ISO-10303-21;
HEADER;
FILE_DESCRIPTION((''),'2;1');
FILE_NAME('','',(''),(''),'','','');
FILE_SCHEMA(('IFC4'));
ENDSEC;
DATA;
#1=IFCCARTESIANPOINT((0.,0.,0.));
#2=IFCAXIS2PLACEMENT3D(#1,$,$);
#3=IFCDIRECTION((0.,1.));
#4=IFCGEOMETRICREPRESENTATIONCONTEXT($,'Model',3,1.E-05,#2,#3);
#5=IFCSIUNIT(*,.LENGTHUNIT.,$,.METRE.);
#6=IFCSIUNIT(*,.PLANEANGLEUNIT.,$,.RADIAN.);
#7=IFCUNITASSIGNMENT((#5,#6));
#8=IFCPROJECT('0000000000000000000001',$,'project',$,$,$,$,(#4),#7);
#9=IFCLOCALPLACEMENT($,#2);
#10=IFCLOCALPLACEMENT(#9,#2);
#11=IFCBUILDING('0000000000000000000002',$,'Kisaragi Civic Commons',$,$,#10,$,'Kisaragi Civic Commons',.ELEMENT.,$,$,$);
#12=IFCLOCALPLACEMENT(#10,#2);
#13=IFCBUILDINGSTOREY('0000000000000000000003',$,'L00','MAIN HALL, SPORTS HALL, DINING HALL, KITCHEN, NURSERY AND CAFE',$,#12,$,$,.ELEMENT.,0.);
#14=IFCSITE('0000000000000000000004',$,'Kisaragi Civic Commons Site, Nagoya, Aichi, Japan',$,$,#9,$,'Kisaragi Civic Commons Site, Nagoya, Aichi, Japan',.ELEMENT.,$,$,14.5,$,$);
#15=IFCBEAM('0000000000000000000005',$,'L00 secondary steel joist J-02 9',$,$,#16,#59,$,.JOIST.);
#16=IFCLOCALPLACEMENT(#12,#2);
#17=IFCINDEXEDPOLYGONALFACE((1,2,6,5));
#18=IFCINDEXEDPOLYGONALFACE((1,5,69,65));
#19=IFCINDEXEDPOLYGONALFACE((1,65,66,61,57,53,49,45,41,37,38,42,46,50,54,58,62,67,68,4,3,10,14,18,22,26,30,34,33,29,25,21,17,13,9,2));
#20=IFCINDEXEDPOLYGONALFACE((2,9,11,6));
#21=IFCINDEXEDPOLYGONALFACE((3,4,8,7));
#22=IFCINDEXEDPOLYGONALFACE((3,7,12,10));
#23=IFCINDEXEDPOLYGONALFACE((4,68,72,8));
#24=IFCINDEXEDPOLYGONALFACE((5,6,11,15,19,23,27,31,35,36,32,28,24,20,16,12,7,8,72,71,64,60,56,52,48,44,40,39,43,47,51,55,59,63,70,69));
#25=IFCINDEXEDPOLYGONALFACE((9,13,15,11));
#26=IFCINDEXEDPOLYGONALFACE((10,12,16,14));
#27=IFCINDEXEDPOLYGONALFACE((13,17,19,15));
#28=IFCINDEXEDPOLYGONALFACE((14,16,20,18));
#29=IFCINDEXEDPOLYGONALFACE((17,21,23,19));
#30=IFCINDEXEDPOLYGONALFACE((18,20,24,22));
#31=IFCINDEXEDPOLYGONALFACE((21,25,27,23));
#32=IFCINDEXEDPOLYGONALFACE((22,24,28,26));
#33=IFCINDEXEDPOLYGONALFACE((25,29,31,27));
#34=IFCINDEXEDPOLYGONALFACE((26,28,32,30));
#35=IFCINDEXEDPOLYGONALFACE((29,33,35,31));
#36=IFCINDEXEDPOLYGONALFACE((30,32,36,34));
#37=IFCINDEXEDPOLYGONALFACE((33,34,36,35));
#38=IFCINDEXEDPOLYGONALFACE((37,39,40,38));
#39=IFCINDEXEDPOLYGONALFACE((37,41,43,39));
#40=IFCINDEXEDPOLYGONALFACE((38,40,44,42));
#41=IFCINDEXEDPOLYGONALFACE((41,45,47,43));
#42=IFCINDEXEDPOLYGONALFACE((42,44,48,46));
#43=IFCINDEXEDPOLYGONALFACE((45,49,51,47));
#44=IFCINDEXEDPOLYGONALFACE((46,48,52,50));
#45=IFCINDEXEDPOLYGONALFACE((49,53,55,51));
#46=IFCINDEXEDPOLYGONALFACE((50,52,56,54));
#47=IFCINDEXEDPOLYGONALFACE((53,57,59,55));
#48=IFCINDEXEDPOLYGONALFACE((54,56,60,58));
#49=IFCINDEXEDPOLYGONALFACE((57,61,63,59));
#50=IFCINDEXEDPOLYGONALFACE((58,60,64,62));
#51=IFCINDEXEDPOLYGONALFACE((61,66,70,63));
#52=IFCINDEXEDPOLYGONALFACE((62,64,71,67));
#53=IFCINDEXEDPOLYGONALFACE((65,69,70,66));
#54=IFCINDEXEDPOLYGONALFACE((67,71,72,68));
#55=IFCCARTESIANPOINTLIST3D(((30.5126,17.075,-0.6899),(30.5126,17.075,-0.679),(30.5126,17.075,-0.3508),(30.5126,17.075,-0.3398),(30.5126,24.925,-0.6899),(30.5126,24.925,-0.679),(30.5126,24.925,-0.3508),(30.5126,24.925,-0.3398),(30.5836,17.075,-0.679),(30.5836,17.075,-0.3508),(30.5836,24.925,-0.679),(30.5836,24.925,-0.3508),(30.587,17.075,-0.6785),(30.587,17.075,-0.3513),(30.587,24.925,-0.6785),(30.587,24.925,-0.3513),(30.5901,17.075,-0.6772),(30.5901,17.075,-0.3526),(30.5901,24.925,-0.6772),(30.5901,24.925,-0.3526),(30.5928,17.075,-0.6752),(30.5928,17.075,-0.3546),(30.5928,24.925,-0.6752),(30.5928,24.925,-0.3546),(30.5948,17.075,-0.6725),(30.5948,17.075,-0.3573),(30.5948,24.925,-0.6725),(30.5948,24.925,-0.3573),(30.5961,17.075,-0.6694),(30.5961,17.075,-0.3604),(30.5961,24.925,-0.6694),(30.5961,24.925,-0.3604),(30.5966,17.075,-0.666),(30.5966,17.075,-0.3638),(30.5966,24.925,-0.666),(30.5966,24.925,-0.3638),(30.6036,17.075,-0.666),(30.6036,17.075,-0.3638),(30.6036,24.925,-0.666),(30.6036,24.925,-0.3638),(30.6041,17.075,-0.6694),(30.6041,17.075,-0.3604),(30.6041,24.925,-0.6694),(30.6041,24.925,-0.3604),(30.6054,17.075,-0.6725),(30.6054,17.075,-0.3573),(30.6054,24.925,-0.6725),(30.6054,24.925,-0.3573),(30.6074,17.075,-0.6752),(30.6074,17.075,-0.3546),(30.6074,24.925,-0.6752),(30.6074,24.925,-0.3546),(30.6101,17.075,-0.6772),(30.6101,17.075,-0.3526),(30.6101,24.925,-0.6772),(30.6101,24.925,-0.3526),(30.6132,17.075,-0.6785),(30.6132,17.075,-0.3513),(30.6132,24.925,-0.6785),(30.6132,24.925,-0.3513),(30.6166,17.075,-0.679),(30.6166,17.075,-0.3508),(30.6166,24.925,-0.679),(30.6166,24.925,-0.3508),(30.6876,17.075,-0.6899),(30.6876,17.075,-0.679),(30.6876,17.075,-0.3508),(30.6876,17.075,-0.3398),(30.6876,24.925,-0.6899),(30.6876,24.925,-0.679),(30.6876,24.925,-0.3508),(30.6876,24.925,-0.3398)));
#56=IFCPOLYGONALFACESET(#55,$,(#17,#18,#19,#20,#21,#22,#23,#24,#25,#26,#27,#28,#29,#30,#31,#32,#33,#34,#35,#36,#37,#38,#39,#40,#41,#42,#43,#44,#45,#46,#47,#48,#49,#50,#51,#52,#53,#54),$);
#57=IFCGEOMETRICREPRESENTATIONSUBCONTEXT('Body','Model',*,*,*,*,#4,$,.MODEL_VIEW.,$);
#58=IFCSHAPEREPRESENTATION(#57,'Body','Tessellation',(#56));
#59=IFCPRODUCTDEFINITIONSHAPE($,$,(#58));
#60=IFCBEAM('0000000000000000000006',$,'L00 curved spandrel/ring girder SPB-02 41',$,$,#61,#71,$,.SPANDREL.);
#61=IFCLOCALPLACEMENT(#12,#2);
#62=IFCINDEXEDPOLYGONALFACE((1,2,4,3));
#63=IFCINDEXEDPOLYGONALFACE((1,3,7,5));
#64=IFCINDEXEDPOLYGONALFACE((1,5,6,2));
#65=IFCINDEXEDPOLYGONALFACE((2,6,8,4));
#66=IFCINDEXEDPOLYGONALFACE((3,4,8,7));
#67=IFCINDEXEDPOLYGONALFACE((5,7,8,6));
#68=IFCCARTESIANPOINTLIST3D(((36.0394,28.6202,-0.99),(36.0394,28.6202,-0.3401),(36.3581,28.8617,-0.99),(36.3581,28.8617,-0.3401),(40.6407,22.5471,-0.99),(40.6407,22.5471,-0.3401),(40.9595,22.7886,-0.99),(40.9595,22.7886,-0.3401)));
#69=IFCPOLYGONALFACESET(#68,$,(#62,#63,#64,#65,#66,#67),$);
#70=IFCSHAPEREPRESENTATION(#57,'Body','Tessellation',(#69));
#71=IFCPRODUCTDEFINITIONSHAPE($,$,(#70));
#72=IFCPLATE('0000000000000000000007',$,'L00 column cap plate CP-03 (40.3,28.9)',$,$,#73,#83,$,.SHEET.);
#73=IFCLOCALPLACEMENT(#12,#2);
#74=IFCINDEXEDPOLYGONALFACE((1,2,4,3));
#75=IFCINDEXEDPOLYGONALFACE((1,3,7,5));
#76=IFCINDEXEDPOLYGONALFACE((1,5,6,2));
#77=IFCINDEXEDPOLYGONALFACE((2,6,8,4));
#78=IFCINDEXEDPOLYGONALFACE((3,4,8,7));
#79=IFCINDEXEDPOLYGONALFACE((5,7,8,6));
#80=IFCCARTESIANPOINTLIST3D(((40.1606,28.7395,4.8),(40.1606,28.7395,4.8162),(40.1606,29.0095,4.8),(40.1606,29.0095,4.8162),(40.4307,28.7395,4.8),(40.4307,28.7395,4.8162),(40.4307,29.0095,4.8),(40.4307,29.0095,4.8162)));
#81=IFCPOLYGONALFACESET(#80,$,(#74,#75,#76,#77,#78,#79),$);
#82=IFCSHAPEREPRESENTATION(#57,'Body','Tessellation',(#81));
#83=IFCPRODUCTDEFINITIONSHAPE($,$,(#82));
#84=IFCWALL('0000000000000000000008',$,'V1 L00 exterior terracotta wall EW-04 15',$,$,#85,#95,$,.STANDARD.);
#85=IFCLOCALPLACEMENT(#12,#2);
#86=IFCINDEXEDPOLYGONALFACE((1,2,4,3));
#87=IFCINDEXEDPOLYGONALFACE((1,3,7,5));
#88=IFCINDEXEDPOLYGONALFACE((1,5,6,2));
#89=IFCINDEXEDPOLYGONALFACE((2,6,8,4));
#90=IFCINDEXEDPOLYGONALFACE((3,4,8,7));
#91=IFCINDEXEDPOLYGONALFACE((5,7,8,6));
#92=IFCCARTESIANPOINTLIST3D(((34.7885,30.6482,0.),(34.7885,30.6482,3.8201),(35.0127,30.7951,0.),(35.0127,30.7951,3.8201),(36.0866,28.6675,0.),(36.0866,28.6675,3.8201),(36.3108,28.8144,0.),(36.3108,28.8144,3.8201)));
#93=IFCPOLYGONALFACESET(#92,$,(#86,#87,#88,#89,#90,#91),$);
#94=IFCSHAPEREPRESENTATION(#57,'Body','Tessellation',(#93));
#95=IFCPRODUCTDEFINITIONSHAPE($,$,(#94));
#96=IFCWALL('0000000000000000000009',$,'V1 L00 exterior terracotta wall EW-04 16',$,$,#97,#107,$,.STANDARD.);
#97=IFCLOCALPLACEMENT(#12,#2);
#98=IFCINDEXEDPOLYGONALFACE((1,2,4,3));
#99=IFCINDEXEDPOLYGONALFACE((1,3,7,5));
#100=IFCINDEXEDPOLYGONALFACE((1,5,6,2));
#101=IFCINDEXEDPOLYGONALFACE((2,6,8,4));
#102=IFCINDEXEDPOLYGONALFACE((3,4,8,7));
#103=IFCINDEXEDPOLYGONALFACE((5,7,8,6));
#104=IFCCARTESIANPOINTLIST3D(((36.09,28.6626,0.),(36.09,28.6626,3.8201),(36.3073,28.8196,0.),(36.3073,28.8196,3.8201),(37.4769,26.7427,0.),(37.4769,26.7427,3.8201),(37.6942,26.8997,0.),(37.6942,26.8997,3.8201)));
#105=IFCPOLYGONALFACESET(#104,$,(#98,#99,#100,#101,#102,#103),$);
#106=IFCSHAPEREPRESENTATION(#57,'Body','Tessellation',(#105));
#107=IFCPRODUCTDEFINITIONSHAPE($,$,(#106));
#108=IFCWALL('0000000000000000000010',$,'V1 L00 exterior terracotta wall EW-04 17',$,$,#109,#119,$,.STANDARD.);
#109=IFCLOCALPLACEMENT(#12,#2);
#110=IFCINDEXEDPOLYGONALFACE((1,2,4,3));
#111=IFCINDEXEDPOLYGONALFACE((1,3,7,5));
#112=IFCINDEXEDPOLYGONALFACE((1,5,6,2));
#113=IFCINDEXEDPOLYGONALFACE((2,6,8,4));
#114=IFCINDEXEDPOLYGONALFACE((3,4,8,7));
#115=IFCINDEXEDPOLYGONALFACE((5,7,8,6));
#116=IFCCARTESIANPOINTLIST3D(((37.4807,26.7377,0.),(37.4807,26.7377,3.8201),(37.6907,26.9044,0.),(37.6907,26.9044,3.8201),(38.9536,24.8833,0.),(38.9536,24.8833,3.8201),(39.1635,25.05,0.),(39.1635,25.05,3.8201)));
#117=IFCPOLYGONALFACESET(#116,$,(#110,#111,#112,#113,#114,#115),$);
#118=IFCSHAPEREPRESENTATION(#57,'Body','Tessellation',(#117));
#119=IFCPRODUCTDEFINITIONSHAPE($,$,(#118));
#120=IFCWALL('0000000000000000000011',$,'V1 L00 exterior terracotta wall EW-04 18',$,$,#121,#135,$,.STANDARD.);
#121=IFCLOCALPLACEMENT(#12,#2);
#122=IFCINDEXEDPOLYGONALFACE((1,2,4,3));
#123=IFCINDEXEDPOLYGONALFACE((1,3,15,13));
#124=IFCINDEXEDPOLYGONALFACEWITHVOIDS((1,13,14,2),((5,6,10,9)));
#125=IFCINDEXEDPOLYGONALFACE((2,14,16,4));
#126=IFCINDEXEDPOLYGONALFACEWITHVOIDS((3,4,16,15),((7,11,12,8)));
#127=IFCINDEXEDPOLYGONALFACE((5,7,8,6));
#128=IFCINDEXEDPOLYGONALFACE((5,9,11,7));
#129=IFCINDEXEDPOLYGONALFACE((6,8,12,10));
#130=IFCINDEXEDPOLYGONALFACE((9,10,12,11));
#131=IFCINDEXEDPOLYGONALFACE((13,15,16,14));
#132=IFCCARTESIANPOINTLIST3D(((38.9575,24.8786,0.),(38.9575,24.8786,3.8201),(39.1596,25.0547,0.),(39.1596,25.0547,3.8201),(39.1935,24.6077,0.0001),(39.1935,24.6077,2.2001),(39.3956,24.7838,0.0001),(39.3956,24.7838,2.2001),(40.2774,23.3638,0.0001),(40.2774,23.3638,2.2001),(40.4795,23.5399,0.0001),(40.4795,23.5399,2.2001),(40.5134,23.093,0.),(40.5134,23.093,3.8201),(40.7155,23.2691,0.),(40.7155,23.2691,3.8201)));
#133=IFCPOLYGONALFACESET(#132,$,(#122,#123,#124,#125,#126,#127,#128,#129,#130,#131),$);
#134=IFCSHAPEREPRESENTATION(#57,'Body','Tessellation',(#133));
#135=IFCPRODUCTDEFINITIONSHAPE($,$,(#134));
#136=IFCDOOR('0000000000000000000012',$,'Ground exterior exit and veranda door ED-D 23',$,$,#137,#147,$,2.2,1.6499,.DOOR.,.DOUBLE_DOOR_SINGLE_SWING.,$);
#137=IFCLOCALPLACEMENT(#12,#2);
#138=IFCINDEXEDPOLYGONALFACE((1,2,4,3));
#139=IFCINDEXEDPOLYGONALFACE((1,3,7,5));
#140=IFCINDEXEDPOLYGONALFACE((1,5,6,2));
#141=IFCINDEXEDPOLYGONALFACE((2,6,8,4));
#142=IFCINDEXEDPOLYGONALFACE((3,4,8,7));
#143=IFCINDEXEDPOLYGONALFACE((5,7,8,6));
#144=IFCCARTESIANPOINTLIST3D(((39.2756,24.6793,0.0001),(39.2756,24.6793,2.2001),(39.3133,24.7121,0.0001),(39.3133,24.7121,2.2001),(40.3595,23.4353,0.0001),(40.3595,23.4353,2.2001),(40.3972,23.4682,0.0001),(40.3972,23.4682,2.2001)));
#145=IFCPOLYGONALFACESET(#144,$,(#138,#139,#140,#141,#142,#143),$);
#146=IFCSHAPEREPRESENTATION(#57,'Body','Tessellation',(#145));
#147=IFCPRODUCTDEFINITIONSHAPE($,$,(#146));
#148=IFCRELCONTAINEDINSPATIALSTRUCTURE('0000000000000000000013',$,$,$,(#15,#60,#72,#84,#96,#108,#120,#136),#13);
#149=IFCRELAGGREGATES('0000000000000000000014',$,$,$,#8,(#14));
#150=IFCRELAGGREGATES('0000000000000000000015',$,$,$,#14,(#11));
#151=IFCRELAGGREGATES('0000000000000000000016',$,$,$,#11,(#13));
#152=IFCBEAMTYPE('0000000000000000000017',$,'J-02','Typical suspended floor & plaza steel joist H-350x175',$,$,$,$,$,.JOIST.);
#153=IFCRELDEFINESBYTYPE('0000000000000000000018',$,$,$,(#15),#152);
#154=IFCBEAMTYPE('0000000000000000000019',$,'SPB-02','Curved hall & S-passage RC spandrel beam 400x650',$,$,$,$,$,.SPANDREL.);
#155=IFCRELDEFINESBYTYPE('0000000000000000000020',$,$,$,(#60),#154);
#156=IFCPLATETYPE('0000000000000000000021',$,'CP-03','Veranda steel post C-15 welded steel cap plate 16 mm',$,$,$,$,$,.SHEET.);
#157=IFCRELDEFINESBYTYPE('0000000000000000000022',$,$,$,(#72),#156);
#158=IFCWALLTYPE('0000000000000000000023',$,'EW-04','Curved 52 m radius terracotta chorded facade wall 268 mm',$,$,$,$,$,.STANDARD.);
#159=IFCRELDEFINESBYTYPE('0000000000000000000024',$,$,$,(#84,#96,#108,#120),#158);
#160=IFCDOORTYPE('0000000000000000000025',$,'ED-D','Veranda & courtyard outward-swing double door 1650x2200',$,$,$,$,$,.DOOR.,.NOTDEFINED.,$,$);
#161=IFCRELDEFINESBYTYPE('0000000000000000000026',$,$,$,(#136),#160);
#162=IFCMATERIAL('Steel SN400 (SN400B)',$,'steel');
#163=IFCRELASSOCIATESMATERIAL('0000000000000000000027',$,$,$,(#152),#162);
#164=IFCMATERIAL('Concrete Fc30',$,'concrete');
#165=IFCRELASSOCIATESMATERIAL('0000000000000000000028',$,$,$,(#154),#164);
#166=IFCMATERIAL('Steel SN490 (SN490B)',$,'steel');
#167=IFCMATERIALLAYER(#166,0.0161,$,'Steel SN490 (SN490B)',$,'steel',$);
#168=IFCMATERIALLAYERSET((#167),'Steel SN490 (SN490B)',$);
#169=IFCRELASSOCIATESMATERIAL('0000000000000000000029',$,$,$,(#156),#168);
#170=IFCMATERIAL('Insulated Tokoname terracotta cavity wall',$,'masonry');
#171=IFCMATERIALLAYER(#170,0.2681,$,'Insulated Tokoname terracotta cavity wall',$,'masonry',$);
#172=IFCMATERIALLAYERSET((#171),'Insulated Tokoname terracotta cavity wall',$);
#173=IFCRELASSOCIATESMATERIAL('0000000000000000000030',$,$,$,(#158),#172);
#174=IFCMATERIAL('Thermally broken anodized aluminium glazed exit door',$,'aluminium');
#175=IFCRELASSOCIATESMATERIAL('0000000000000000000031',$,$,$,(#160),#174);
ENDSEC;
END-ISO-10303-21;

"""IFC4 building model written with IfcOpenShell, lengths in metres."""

from ifc_helpers import new_model, si_unit, direction, frame, frame_2d, origin, origin_2d, place, context, subcontext, project, spatial, rectangle, i_section, extrude, material, layer, layer_set, material_profile, profile_set, type_object, element, fill, save


model = new_model("IFC4")

# Units and contexts
model_context = context("Model", 3, precision=1e-05, world=origin(), true_north=direction((0.0, 1.0)))
body_context = subcontext(model_context, "Body", "Model", "MODEL_VIEW")
ifc_project = project(units=[si_unit("LENGTHUNIT", "METRE"), si_unit("PLANEANGLEUNIT", "RADIAN")], contexts=[model_context])

# Site, building, storey
site_placement = place(None, origin())
site = spatial("IfcSite", under=ifc_project, at=site_placement, Name="Kisaragi Civic Commons Site, Nagoya, Aichi, Japan", LongName="Kisaragi Civic Commons Site, Nagoya, Aichi, Japan", CompositionType="ELEMENT", RefElevation=14.5)
building_placement = place(site_placement, origin())
building = spatial("IfcBuilding", under=site, at=building_placement, Name="Kisaragi Civic Commons", LongName="Kisaragi Civic Commons", CompositionType="ELEMENT")
storey_placement = place(building_placement, origin())
storey = spatial("IfcBuildingStorey", under=building, at=storey_placement, Name="L00", Description="MAIN HALL, SPORTS HALL, DINING HALL, KITCHEN, NURSERY AND CAFE", CompositionType="ELEMENT", Elevation=0.0)

# Shared definitions
ifc_material_1 = material(Name="Concrete Fc30", Category="concrete")
ifc_material_2 = material(Name="Steel SN490 (SN490B)", Category="steel")

# Beams
ifc_material_3 = material(Name="Steel SN400 (SN400B)", Category="steel")
ifc_material_profile_1 = material_profile(ifc_material_3, i_section(OverallWidth=0.175, OverallDepth=0.3501, WebThickness=0.0071, FlangeThickness=0.011, FilletRadius=0.0129, at=origin_2d()), Name="H-350x175x7x11", Category="steel")
ifc_profile_set_1 = profile_set([ifc_material_profile_1], Name="Steel SN400 (SN400B)")
beam_type_1 = type_object("IfcBeamType", Name="J-02", Description="Typical suspended floor & plaza steel joist H-350x175", PredefinedType="JOIST", material=ifc_profile_set_1)
beam_1_placement = place(storey_placement, frame((30.6001, 17.075, -0.5149), z_axis=(0.0, 1.0, 0.0), x_axis=(-1.0, 0.0, 0.0)))
element("IfcBeam", 1, at=beam_1_placement, inside=storey, type_object=beam_type_1, Name="L00 secondary steel joist J-02 9", PredefinedType="JOIST", context=body_context, shape_type="SweptSolid", body=[
    extrude(i_section(OverallWidth=0.175, OverallDepth=0.3501, WebThickness=0.0071, FlangeThickness=0.011, FilletRadius=0.0129, at=origin_2d()), origin(), (0.0, 0.0, 1.0), 7.8501),
])
ifc_material_profile_2 = material_profile(ifc_material_1, rectangle(XDim=0.3999, YDim=0.6499, at=origin_2d()), Name="RC-400x650", Category="concrete")
ifc_profile_set_2 = profile_set([ifc_material_profile_2], Name="Concrete Fc30")
beam_type_2 = type_object("IfcBeamType", Name="SPB-02", Description="Curved hall & S-passage RC spandrel beam 400x650", PredefinedType="SPANDREL", material=ifc_profile_set_2)
beam_2_placement = place(storey_placement, frame((36.1987, 28.741, -0.665), z_axis=(0.603905, -0.797057, 0.0), x_axis=(0.797057, 0.603905, 0.0)))
element("IfcBeam", 2, at=beam_2_placement, inside=storey, type_object=beam_type_2, Name="L00 curved spandrel/ring girder SPB-02 41", PredefinedType="SPANDREL", context=body_context, shape_type="SweptSolid", body=[
    extrude(rectangle(XDim=0.3999, YDim=0.6499, at=origin_2d()), origin(), (0.0, 0.0, 1.0), 7.6194),
])

# Plate
ifc_layer_1 = layer(ifc_material_2, 0.0161, Name="Steel SN490 (SN490B)", Category="steel")
ifc_layer_set_1 = layer_set([ifc_layer_1], Name="Steel SN490 (SN490B)")
plate_type = type_object("IfcPlateType", Name="CP-03", Description="Veranda steel post C-15 welded steel cap plate 16 mm", PredefinedType="SHEET", material=ifc_layer_set_1)
plate_placement = place(storey_placement, frame((40.2957, 28.8745, 4.8), z_axis=(0.0, 0.0, 1.0), x_axis=(1.0, 0.0, 0.0)))
element("IfcPlate", 3, at=plate_placement, inside=storey, type_object=plate_type, Name="L00 column cap plate CP-03 (40.3,28.9)", PredefinedType="SHEET", context=body_context, shape_type="SweptSolid", body=[
    extrude(rectangle(XDim=0.27, YDim=0.27, at=origin_2d()), origin(), (0.0, 0.0, 1.0), 0.0161),
])

# Walls
ifc_material_4 = material(Name="Insulated Tokoname terracotta cavity wall", Category="masonry")
ifc_layer_2 = layer(ifc_material_4, 0.2681, Name="Insulated Tokoname terracotta cavity wall", Category="masonry")
ifc_layer_set_2 = layer_set([ifc_layer_2], Name="Insulated Tokoname terracotta cavity wall")
wall_type_1 = type_object("IfcWallType", Name="EW-04", Description="Curved 52 m radius terracotta chorded facade wall 268 mm", PredefinedType="STANDARD", material=ifc_layer_set_2)
wall_1_placement = place(storey_placement, frame((34.9006, 30.7217, 0.0), z_axis=(0.0, 0.0, 1.0), x_axis=(0.548141, -0.836386, 0.0)))
element("IfcWall", 4, at=wall_1_placement, inside=storey, type_object=wall_type_1, Name="V1 L00 exterior terracotta wall EW-04 15", PredefinedType="STANDARD", context=body_context, shape_type="SweptSolid", body=[
    extrude(rectangle(XDim=2.3682, YDim=0.2681, at=frame_2d((1.1841, 0.0))), origin(), (0.0, 0.0, 1.0), 3.8201),
])
wall_2_placement = place(storey_placement, frame((36.1987, 28.741, 0.0), z_axis=(0.0, 0.0, 1.0), x_axis=(0.585588, -0.810609, 0.0)))
element("IfcWall", 5, at=wall_2_placement, inside=storey, type_object=wall_type_1, Name="V1 L00 exterior terracotta wall EW-04 16", PredefinedType="STANDARD", context=body_context, shape_type="SweptSolid", body=[
    extrude(rectangle(XDim=2.3684, YDim=0.2681, at=frame_2d((1.1841, 0.0))), origin(), (0.0, 0.0, 1.0), 3.8201),
])
wall_3_placement = place(storey_placement, frame((37.5857, 26.821, 0.0), z_axis=(0.0, 0.0, 1.0), x_axis=(0.621938, -0.783067, 0.0)))
element("IfcWall", 6, at=wall_3_placement, inside=storey, type_object=wall_type_1, Name="V1 L00 exterior terracotta wall EW-04 17", PredefinedType="STANDARD", context=body_context, shape_type="SweptSolid", body=[
    extrude(rectangle(XDim=2.3682, YDim=0.2681, at=frame_2d((1.1841, 0.0))), origin(), (0.0, 0.0, 1.0), 3.8201),
])

# Wall, opening, door
wall_4_placement = place(storey_placement, frame((39.0586, 24.9666, 0.0), z_axis=(0.0, 0.0, 1.0), x_axis=(0.656941, -0.753942, 0.0)))
wall_4 = element("IfcWall", 7, at=wall_4_placement, inside=storey, type_object=wall_type_1, Name="V1 L00 exterior terracotta wall EW-04 18", PredefinedType="STANDARD", context=body_context, shape_type="SweptSolid", body=[
    extrude(rectangle(XDim=2.3684, YDim=0.2681, at=frame_2d((1.1841, 0.0))), origin(), (0.0, 0.0, 1.0), 3.8201),
])
opening_1_placement = place(wall_4_placement, frame((0.3591, 0.0, 0.0)))
opening_1 = element("IfcOpeningElement", 8, at=opening_1_placement, cuts=wall_4, PredefinedType="OPENING", context=body_context, shape_type="SweptSolid", body=[
    extrude(rectangle(XDim=1.6499, YDim=2.2, at=frame_2d((0.825, 1.1001))), frame((0.0, 0.144, 0.0), z_axis=(0.0, -1.0, 0.0), x_axis=(1.0, 0.0, 0.0)), (0.0, 0.0, 1.0), 0.2881),
])
ifc_material_5 = material(Name="Thermally broken anodized aluminium glazed exit door", Category="aluminium")
door_type_1 = type_object("IfcDoorType", Name="ED-D", Description="Veranda & courtyard outward-swing double door 1650x2200", OperationType="NOTDEFINED", PredefinedType="DOOR", material=ifc_material_5)
door_1_placement = place(opening_1_placement, origin())
door_1 = element("IfcDoor", 9, at=door_1_placement, inside=storey, type_object=door_type_1, Name="Ground exterior exit and veranda door ED-D 23", OperationType="DOUBLE_DOOR_SINGLE_SWING", OverallHeight=2.2, OverallWidth=1.6499, PredefinedType="DOOR", context=body_context, shape_type="SweptSolid", body=[
    extrude(rectangle(XDim=1.6499, YDim=2.2, at=frame_2d((0.825, 1.1001))), frame((0.0, 0.0249, 0.0), z_axis=(0.0, -1.0, 0.0), x_axis=(1.0, 0.0, 0.0)), (0.0, 0.0, 1.0), 0.05),
])
fill(opening_1, door_1)

save(model, "model.ifc")
